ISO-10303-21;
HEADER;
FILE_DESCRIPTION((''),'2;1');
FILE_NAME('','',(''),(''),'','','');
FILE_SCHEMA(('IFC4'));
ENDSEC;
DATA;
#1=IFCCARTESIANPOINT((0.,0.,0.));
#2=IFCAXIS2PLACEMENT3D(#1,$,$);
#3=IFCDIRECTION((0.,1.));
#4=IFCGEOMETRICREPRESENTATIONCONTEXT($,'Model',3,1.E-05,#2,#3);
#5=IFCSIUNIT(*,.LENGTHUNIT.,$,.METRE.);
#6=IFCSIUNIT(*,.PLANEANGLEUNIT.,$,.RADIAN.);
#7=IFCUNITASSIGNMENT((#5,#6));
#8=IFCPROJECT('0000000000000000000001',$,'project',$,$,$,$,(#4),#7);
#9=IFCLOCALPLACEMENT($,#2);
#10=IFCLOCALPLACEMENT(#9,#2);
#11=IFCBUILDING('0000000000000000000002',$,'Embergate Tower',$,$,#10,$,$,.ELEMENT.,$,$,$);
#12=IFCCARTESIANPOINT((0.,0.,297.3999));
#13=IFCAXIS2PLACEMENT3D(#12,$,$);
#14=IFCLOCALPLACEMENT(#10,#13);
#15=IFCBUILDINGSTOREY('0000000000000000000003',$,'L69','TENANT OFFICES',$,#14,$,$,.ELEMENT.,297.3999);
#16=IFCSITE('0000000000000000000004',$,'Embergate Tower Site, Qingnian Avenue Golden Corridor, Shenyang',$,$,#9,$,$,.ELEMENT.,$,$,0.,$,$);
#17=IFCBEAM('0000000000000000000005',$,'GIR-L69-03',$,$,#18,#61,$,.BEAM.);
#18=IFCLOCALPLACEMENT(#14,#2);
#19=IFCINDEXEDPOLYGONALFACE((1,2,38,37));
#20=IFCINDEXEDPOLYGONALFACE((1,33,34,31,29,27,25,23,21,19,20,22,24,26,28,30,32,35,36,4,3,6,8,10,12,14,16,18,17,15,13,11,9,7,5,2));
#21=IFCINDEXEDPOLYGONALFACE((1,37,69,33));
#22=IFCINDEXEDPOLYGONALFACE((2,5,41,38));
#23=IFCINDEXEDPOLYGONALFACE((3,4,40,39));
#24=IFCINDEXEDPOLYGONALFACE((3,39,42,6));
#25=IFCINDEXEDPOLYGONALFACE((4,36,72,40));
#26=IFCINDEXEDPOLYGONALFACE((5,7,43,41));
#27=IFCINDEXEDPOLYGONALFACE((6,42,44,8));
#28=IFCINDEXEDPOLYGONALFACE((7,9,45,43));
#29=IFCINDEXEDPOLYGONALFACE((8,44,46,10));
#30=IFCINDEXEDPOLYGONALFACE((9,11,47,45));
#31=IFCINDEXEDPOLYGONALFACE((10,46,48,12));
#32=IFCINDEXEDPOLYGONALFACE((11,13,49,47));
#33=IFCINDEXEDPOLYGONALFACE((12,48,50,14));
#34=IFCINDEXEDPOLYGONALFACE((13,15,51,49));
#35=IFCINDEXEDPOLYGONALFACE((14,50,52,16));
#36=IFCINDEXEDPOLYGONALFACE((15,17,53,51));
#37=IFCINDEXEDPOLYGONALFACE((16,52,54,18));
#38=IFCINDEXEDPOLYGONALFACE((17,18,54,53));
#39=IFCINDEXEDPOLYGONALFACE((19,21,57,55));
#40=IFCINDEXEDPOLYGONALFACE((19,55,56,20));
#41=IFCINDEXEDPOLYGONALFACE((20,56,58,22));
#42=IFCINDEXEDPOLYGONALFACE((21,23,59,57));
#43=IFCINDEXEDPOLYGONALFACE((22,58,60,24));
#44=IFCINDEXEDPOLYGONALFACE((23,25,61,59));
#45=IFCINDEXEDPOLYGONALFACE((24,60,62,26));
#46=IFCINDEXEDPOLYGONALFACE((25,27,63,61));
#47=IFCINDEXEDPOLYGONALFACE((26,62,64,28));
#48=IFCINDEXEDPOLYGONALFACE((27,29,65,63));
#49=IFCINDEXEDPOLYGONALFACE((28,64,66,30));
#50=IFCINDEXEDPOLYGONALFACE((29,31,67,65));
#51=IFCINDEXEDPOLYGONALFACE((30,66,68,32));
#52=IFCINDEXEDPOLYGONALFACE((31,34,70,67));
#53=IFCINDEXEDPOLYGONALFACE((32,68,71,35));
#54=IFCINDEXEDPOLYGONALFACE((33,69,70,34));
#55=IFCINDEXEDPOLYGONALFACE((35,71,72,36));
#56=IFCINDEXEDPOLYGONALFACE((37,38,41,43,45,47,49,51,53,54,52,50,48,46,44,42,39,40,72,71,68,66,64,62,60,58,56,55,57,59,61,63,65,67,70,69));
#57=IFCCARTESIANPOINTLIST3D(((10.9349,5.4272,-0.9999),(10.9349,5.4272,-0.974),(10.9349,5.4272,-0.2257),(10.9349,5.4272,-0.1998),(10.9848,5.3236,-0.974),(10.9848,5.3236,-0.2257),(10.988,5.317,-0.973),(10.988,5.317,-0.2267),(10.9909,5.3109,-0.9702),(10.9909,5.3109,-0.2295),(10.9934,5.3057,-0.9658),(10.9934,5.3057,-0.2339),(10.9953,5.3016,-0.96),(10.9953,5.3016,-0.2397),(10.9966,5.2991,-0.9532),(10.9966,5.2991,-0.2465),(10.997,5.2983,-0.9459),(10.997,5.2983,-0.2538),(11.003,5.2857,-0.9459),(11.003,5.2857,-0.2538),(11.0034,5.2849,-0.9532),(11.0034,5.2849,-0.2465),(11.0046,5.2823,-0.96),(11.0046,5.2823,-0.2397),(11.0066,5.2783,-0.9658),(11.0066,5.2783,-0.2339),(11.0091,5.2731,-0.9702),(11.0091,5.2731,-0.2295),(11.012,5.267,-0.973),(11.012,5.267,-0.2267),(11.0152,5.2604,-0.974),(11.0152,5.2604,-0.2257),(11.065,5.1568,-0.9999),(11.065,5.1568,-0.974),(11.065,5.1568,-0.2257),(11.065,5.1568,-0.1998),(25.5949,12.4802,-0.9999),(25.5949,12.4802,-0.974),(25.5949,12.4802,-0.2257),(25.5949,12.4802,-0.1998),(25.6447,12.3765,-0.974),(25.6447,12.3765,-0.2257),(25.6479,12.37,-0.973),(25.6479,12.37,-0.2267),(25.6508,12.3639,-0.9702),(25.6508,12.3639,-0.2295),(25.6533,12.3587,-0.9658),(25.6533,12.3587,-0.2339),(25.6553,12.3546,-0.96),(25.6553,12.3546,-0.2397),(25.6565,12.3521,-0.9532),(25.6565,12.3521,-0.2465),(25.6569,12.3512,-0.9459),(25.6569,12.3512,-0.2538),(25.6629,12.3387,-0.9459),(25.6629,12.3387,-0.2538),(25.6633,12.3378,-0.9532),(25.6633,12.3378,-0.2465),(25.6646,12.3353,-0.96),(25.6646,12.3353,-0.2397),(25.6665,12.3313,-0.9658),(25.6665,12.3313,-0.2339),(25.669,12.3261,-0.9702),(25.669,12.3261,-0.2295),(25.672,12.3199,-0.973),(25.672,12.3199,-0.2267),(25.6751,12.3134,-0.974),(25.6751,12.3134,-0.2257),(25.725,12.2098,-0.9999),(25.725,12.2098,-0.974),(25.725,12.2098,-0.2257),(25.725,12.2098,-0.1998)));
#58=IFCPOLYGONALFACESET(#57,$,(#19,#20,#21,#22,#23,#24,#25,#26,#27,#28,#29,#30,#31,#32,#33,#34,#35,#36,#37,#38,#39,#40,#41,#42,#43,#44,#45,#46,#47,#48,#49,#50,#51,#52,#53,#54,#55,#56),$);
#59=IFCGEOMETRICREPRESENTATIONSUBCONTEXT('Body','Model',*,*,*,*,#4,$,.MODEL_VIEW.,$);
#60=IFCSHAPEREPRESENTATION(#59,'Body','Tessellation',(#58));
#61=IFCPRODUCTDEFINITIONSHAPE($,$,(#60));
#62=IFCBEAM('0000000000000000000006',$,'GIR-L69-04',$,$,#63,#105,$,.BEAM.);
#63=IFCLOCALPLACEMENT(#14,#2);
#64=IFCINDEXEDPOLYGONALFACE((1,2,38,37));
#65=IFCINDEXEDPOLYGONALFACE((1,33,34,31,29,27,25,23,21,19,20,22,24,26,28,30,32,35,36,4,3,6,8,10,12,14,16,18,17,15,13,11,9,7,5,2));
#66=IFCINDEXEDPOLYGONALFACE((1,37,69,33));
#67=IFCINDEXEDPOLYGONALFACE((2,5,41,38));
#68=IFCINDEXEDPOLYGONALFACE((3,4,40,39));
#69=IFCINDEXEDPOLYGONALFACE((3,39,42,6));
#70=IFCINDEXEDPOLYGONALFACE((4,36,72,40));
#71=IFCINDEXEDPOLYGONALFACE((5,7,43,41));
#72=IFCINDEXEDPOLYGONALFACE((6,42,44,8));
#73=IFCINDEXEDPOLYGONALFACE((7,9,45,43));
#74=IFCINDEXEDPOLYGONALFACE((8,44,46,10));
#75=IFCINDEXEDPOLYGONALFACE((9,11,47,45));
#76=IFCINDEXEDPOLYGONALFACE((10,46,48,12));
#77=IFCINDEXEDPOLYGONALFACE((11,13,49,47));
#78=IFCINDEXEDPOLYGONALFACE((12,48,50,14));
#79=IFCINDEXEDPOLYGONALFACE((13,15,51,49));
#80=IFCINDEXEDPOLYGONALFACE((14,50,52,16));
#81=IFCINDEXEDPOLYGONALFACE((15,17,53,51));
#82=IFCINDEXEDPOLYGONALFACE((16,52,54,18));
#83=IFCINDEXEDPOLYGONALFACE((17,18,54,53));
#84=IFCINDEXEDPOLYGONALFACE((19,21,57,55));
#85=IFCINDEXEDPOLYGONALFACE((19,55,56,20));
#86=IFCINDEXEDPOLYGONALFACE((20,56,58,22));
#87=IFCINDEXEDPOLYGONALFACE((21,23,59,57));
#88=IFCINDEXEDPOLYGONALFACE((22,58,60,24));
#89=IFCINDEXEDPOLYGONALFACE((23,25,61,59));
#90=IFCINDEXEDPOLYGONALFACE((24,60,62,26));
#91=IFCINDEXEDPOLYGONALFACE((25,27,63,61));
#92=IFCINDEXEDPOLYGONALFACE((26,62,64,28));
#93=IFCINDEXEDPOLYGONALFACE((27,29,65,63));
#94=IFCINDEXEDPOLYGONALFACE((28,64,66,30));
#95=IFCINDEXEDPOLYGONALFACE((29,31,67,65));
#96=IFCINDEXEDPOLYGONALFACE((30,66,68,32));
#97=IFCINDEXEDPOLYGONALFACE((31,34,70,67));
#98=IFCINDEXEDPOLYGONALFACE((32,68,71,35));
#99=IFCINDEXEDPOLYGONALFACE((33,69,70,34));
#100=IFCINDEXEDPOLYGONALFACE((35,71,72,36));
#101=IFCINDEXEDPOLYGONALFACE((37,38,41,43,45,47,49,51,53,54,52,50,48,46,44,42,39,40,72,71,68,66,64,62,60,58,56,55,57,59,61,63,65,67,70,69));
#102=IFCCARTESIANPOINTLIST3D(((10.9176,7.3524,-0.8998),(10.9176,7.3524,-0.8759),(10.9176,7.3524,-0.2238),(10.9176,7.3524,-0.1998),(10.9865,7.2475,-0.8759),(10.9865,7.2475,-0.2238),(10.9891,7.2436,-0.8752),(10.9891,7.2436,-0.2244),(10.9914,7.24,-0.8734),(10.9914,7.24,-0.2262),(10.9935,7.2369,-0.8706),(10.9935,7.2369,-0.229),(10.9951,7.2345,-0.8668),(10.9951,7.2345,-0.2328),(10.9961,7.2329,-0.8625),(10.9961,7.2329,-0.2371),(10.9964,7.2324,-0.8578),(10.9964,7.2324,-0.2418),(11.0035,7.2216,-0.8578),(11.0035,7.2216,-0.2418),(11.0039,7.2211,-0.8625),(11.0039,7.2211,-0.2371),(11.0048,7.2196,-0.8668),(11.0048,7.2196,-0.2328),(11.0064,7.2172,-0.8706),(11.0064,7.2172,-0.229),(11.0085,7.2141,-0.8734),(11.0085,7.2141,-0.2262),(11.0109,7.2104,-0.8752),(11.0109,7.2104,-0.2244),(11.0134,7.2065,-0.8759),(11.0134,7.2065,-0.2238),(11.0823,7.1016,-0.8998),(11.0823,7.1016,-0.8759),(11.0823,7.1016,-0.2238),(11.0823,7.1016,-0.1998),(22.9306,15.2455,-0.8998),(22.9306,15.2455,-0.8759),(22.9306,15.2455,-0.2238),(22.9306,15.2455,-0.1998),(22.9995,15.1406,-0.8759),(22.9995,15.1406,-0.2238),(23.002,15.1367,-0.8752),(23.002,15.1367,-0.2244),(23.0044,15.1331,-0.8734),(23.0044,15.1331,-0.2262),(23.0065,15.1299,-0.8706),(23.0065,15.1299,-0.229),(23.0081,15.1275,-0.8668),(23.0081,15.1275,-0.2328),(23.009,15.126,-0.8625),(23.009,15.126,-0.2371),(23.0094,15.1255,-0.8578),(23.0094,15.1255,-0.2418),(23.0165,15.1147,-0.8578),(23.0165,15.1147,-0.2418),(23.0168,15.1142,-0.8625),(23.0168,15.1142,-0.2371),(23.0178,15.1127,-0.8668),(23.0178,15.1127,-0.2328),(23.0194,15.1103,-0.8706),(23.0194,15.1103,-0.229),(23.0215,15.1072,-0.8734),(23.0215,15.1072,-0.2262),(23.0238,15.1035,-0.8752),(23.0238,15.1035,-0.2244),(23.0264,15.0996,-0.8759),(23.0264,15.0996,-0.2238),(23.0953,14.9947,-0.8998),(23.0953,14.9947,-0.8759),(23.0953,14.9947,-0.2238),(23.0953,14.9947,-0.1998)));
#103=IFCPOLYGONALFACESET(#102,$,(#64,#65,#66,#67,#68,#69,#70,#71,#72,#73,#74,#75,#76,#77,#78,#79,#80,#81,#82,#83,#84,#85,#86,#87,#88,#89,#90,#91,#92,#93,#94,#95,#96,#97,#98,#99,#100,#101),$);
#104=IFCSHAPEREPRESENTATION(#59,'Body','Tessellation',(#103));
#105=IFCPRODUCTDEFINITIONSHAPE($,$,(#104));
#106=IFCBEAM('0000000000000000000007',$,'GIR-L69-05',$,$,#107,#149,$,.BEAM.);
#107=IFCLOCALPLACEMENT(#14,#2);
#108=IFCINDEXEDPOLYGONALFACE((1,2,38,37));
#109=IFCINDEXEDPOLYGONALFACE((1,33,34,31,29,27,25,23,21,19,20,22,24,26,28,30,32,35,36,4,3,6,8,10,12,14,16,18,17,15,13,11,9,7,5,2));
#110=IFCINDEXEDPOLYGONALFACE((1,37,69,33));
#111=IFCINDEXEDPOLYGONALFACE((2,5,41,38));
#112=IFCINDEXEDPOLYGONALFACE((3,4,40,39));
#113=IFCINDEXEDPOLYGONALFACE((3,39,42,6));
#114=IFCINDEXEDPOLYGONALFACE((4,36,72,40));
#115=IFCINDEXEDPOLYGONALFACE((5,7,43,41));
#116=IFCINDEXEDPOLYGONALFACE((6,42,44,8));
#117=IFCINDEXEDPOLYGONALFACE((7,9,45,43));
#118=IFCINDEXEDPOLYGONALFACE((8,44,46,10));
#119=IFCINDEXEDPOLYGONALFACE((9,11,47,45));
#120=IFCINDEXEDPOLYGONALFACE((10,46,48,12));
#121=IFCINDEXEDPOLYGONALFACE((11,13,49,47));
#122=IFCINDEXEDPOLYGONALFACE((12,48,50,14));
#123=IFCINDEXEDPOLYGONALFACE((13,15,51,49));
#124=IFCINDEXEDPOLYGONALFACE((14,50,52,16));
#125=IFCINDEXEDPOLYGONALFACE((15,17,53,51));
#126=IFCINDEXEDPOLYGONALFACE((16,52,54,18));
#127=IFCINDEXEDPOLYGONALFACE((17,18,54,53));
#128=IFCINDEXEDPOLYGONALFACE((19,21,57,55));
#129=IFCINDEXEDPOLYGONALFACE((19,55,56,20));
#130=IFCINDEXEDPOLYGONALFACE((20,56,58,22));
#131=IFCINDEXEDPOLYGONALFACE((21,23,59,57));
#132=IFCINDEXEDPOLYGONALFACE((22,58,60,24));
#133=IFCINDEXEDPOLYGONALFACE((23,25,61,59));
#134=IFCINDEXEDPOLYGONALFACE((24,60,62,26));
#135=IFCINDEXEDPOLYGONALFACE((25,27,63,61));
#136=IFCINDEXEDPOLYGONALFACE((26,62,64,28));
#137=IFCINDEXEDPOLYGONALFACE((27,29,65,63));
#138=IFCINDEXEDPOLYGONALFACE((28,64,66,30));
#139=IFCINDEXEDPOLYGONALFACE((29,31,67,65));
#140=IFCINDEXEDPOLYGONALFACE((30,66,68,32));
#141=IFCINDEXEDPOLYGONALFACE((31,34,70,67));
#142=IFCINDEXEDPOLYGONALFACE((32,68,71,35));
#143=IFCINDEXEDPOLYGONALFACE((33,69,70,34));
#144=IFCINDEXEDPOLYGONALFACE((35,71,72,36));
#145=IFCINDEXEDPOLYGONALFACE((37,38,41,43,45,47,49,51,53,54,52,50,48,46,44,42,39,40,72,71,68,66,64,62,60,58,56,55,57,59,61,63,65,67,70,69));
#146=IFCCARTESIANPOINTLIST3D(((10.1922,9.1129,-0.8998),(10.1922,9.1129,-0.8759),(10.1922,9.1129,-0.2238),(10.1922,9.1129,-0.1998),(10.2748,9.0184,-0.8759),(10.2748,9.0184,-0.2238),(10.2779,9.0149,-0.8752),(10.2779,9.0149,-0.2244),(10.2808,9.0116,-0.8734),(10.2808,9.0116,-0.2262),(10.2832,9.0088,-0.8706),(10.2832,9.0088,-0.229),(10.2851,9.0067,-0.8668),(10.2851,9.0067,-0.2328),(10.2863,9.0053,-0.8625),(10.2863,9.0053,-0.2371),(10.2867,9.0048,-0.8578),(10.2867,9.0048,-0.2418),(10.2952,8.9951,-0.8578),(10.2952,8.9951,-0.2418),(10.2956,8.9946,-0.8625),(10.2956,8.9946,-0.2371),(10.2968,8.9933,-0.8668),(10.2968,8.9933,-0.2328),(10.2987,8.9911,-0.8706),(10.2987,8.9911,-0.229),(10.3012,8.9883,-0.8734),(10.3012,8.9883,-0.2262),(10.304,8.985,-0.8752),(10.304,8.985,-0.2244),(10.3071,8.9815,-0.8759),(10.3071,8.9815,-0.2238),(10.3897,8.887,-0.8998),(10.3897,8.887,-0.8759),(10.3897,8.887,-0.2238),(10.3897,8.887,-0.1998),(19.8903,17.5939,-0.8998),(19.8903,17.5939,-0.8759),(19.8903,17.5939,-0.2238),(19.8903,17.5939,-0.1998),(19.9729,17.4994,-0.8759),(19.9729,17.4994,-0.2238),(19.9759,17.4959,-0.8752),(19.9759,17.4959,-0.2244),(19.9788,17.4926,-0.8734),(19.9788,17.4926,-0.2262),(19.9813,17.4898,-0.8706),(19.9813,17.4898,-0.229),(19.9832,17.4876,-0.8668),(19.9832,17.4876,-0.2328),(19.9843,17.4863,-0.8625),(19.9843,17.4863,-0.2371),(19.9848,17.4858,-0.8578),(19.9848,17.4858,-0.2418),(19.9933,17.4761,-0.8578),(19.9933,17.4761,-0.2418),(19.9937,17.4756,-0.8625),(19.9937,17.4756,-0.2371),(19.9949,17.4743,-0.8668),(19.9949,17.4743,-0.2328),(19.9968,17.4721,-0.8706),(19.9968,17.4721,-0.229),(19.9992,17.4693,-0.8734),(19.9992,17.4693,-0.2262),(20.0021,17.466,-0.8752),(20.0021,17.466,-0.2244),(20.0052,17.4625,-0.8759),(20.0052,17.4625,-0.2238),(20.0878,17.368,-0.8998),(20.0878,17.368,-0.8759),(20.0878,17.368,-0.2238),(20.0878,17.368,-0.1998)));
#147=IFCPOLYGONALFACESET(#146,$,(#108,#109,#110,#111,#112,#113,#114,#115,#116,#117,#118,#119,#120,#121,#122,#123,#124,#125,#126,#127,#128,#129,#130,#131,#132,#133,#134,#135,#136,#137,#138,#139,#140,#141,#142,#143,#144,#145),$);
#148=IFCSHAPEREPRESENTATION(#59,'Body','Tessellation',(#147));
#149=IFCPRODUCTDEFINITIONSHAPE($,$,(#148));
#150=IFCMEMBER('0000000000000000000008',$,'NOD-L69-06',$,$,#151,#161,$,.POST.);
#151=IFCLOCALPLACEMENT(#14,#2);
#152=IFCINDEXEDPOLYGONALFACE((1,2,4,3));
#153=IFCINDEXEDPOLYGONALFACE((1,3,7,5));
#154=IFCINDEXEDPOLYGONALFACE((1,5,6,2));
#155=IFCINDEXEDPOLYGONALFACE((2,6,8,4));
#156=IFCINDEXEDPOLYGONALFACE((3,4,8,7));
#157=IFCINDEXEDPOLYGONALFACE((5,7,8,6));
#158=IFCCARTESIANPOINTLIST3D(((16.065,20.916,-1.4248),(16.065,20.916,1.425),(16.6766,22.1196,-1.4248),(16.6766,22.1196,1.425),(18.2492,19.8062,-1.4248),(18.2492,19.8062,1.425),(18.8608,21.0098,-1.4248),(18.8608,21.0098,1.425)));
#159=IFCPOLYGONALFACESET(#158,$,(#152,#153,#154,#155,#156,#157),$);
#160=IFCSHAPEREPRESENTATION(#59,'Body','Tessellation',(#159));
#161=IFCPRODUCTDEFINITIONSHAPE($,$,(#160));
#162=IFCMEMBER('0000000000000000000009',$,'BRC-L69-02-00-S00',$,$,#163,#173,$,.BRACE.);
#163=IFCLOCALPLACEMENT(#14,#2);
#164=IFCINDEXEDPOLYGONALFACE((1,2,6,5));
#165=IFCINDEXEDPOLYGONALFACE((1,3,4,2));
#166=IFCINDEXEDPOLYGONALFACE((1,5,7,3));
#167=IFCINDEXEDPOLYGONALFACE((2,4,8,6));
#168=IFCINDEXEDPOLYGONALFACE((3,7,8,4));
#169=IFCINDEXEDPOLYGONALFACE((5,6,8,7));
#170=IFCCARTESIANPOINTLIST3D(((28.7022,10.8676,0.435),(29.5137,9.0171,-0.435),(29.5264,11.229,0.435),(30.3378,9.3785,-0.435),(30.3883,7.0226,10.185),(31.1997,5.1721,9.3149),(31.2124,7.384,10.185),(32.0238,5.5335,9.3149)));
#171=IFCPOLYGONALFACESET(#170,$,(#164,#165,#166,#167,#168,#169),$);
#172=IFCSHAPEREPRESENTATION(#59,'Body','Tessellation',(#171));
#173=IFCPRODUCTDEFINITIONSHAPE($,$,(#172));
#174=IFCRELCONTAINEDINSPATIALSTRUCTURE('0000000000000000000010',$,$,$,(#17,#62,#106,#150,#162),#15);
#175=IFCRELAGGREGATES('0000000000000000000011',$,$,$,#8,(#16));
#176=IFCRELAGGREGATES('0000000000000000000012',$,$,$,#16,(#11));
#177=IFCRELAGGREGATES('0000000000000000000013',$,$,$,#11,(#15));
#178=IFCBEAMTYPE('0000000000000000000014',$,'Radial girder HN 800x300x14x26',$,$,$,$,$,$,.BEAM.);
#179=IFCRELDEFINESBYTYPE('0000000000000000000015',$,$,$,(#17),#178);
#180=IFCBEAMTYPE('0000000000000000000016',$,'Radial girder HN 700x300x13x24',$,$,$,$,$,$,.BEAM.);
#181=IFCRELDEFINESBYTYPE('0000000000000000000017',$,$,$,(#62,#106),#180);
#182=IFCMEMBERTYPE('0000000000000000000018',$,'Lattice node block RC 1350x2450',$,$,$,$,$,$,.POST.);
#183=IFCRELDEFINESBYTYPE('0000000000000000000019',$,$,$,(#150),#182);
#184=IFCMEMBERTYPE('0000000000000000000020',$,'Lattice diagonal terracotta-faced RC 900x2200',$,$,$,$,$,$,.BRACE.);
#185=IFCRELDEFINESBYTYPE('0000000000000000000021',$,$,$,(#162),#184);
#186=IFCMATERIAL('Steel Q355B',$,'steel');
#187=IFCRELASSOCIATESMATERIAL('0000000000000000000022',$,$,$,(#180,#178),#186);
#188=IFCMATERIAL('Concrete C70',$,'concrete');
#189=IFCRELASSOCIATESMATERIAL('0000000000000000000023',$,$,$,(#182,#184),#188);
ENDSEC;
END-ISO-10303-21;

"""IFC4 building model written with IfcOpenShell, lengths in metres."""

from ifc_helpers import new_model, si_unit, direction, frame, origin, origin_2d, place, context, subcontext, project, spatial, rectangle, i_section, extrude, source, transform, mapped, material, material_profile, profile_set, type_object, element, save


model = new_model("IFC4")

# Units and contexts
model_context = context("Model", 3, precision=1e-05, world=origin(), true_north=direction((0.0, 1.0)))
body_context = subcontext(model_context, "Body", "Model", "MODEL_VIEW")
ifc_project = project(units=[si_unit("LENGTHUNIT", "METRE"), si_unit("PLANEANGLEUNIT", "RADIAN")], contexts=[model_context])

# Site, building, storey
site_placement = place(None, origin())
site = spatial("IfcSite", under=ifc_project, at=site_placement, Name="Embergate Tower Site, Qingnian Avenue Golden Corridor, Shenyang", CompositionType="ELEMENT", RefElevation=0.0)
building_placement = place(site_placement, origin())
building = spatial("IfcBuilding", under=site, at=building_placement, Name="Embergate Tower", CompositionType="ELEMENT")
storey_placement = place(building_placement, frame((0.0, 0.0, 297.3999)))
storey = spatial("IfcBuildingStorey", under=building, at=storey_placement, Name="L69", Description="TENANT OFFICES", CompositionType="ELEMENT", Elevation=297.3999)

# Beams
ifc_material_1 = material(Name="Steel Q355B", Category="steel")
ifc_material_profile_1 = material_profile(ifc_material_1, i_section(OverallWidth=0.3, OverallDepth=0.7, WebThickness=0.0129, FlangeThickness=0.0239, FilletRadius=0.0181, at=origin_2d()), Name="HN 700x300x13x24")
ifc_profile_set_1 = profile_set([ifc_material_profile_1], Name="Steel Q355 grade B")
beam_type_1 = type_object("IfcBeamType", Name="Radial girder HN 700x300x13x24", PredefinedType="BEAM", material=ifc_profile_set_1)
ifc_material_profile_2 = material_profile(ifc_material_1, i_section(OverallWidth=0.3, OverallDepth=0.8, WebThickness=0.0139, FlangeThickness=0.0259, FilletRadius=0.0281, at=origin_2d()), Name="HN 800x300x14x26")
ifc_profile_set_2 = profile_set([ifc_material_profile_2], Name="Steel Q355 grade B")
beam_type_2 = type_object("IfcBeamType", Name="Radial girder HN 800x300x14x26", PredefinedType="BEAM", material=ifc_profile_set_2)
shared_shape_1 = source(origin(), body_context, "Body", "SweptSolid", [
    extrude(i_section(OverallWidth=0.3, OverallDepth=0.8, WebThickness=0.0139, FlangeThickness=0.0259, FilletRadius=0.0281, at=origin_2d()), origin(), (0.0, 0.0, 1.0), 16.2683),
])
beam_1_placement = place(storey_placement, frame((25.6599, 12.345, -0.5999), z_axis=(-0.901134, -0.433541, 0.0), x_axis=(0.433541, -0.901134, 0.0)))
element("IfcBeam", 1, at=beam_1_placement, inside=storey, type_object=beam_type_2, Name="GIR-L69-03", PredefinedType="BEAM", context=body_context, shape_type="MappedRepresentation", body=[
    mapped(shared_shape_1, transform((0.0, 0.0, 0.0))),
])
shared_shape_2 = source(origin(), body_context, "Body", "SweptSolid", [
    extrude(i_section(OverallWidth=0.3, OverallDepth=0.7, WebThickness=0.0129, FlangeThickness=0.0239, FilletRadius=0.0181, at=origin_2d()), origin(), (0.0, 0.0, 1.0), 14.374),
])
beam_2_placement = place(storey_placement, frame((23.0129, 15.1201, -0.5498), z_axis=(-0.835742, -0.549122, 0.0), x_axis=(0.549122, -0.835742, 0.0)))
element("IfcBeam", 2, at=beam_2_placement, inside=storey, type_object=beam_type_1, Name="GIR-L69-04", PredefinedType="BEAM", context=body_context, shape_type="MappedRepresentation", body=[
    mapped(shared_shape_2, transform((0.0, 0.0, 0.0))),
])
shared_shape_3 = source(origin(), body_context, "Body", "SweptSolid", [
    extrude(i_section(OverallWidth=0.3, OverallDepth=0.7, WebThickness=0.0129, FlangeThickness=0.0239, FilletRadius=0.0181, at=origin_2d()), origin(), (0.0, 0.0, 1.0), 12.8833),
])
beam_3_placement = place(storey_placement, frame((19.989, 17.481, -0.5498), z_axis=(-0.752761, -0.658294, 0.0), x_axis=(0.658294, -0.752761, 0.0)))
element("IfcBeam", 3, at=beam_3_placement, inside=storey, type_object=beam_type_1, Name="GIR-L69-05", PredefinedType="BEAM", context=body_context, shape_type="MappedRepresentation", body=[
    mapped(shared_shape_3, transform((0.0, 0.0, 0.0))),
])

# Members
ifc_material_2 = material(Name="Concrete C70", Category="concrete")
ifc_material_profile_3 = material_profile(ifc_material_2, rectangle(XDim=1.3501, YDim=2.45, at=origin_2d()), Name="RC 1350x2450")
ifc_profile_set_3 = profile_set([ifc_material_profile_3], Name="Concrete C70")
member_type_1 = type_object("IfcMemberType", Name="Lattice node block RC 1350x2450", PredefinedType="POST", material=ifc_profile_set_3)
shared_shape_4 = source(origin(), body_context, "Body", "SweptSolid", [
    extrude(rectangle(XDim=1.3501, YDim=2.45, at=origin_2d()), origin(), (0.0, 0.0, 1.0), 2.8499),
])
member_1_placement = place(storey_placement, frame((17.4629, 20.9629, -1.4248), z_axis=(0.0, 0.0, 1.0), x_axis=(0.453011, 0.891505, 0.0)))
element("IfcMember", 4, at=member_1_placement, inside=storey, type_object=member_type_1, Name="NOD-L69-06", PredefinedType="POST", context=body_context, shape_type="MappedRepresentation", body=[
    mapped(shared_shape_4, transform((0.0, 0.0, 0.0))),
])
ifc_material_profile_4 = material_profile(ifc_material_2, rectangle(XDim=0.8999, YDim=2.2, at=origin_2d()), Name="RC 900x2200")
ifc_profile_set_4 = profile_set([ifc_material_profile_4], Name="Concrete C70")
member_type_2 = type_object("IfcMemberType", Name="Lattice diagonal terracotta-faced RC 900x2200", PredefinedType="BRACE", material=ifc_profile_set_4)
shared_shape_5 = source(origin(), body_context, "Body", "SweptSolid", [
    extrude(rectangle(XDim=0.8999, YDim=2.2, at=origin_2d()), origin(), (0.0, 0.0, 1.0), 10.6155),
])
member_2_placement = place(storey_placement, frame((29.52, 10.123, 0.0), z_axis=(0.158828, -0.362203, 0.918468), x_axis=(0.915819, 0.40159, 0.0)))
element("IfcMember", 5, at=member_2_placement, inside=storey, type_object=member_type_2, Name="BRC-L69-02-00-S00", PredefinedType="BRACE", context=body_context, shape_type="MappedRepresentation", body=[
    mapped(shared_shape_5, transform((0.0, 0.0, 0.0))),
])

save(model, "model.ifc")
